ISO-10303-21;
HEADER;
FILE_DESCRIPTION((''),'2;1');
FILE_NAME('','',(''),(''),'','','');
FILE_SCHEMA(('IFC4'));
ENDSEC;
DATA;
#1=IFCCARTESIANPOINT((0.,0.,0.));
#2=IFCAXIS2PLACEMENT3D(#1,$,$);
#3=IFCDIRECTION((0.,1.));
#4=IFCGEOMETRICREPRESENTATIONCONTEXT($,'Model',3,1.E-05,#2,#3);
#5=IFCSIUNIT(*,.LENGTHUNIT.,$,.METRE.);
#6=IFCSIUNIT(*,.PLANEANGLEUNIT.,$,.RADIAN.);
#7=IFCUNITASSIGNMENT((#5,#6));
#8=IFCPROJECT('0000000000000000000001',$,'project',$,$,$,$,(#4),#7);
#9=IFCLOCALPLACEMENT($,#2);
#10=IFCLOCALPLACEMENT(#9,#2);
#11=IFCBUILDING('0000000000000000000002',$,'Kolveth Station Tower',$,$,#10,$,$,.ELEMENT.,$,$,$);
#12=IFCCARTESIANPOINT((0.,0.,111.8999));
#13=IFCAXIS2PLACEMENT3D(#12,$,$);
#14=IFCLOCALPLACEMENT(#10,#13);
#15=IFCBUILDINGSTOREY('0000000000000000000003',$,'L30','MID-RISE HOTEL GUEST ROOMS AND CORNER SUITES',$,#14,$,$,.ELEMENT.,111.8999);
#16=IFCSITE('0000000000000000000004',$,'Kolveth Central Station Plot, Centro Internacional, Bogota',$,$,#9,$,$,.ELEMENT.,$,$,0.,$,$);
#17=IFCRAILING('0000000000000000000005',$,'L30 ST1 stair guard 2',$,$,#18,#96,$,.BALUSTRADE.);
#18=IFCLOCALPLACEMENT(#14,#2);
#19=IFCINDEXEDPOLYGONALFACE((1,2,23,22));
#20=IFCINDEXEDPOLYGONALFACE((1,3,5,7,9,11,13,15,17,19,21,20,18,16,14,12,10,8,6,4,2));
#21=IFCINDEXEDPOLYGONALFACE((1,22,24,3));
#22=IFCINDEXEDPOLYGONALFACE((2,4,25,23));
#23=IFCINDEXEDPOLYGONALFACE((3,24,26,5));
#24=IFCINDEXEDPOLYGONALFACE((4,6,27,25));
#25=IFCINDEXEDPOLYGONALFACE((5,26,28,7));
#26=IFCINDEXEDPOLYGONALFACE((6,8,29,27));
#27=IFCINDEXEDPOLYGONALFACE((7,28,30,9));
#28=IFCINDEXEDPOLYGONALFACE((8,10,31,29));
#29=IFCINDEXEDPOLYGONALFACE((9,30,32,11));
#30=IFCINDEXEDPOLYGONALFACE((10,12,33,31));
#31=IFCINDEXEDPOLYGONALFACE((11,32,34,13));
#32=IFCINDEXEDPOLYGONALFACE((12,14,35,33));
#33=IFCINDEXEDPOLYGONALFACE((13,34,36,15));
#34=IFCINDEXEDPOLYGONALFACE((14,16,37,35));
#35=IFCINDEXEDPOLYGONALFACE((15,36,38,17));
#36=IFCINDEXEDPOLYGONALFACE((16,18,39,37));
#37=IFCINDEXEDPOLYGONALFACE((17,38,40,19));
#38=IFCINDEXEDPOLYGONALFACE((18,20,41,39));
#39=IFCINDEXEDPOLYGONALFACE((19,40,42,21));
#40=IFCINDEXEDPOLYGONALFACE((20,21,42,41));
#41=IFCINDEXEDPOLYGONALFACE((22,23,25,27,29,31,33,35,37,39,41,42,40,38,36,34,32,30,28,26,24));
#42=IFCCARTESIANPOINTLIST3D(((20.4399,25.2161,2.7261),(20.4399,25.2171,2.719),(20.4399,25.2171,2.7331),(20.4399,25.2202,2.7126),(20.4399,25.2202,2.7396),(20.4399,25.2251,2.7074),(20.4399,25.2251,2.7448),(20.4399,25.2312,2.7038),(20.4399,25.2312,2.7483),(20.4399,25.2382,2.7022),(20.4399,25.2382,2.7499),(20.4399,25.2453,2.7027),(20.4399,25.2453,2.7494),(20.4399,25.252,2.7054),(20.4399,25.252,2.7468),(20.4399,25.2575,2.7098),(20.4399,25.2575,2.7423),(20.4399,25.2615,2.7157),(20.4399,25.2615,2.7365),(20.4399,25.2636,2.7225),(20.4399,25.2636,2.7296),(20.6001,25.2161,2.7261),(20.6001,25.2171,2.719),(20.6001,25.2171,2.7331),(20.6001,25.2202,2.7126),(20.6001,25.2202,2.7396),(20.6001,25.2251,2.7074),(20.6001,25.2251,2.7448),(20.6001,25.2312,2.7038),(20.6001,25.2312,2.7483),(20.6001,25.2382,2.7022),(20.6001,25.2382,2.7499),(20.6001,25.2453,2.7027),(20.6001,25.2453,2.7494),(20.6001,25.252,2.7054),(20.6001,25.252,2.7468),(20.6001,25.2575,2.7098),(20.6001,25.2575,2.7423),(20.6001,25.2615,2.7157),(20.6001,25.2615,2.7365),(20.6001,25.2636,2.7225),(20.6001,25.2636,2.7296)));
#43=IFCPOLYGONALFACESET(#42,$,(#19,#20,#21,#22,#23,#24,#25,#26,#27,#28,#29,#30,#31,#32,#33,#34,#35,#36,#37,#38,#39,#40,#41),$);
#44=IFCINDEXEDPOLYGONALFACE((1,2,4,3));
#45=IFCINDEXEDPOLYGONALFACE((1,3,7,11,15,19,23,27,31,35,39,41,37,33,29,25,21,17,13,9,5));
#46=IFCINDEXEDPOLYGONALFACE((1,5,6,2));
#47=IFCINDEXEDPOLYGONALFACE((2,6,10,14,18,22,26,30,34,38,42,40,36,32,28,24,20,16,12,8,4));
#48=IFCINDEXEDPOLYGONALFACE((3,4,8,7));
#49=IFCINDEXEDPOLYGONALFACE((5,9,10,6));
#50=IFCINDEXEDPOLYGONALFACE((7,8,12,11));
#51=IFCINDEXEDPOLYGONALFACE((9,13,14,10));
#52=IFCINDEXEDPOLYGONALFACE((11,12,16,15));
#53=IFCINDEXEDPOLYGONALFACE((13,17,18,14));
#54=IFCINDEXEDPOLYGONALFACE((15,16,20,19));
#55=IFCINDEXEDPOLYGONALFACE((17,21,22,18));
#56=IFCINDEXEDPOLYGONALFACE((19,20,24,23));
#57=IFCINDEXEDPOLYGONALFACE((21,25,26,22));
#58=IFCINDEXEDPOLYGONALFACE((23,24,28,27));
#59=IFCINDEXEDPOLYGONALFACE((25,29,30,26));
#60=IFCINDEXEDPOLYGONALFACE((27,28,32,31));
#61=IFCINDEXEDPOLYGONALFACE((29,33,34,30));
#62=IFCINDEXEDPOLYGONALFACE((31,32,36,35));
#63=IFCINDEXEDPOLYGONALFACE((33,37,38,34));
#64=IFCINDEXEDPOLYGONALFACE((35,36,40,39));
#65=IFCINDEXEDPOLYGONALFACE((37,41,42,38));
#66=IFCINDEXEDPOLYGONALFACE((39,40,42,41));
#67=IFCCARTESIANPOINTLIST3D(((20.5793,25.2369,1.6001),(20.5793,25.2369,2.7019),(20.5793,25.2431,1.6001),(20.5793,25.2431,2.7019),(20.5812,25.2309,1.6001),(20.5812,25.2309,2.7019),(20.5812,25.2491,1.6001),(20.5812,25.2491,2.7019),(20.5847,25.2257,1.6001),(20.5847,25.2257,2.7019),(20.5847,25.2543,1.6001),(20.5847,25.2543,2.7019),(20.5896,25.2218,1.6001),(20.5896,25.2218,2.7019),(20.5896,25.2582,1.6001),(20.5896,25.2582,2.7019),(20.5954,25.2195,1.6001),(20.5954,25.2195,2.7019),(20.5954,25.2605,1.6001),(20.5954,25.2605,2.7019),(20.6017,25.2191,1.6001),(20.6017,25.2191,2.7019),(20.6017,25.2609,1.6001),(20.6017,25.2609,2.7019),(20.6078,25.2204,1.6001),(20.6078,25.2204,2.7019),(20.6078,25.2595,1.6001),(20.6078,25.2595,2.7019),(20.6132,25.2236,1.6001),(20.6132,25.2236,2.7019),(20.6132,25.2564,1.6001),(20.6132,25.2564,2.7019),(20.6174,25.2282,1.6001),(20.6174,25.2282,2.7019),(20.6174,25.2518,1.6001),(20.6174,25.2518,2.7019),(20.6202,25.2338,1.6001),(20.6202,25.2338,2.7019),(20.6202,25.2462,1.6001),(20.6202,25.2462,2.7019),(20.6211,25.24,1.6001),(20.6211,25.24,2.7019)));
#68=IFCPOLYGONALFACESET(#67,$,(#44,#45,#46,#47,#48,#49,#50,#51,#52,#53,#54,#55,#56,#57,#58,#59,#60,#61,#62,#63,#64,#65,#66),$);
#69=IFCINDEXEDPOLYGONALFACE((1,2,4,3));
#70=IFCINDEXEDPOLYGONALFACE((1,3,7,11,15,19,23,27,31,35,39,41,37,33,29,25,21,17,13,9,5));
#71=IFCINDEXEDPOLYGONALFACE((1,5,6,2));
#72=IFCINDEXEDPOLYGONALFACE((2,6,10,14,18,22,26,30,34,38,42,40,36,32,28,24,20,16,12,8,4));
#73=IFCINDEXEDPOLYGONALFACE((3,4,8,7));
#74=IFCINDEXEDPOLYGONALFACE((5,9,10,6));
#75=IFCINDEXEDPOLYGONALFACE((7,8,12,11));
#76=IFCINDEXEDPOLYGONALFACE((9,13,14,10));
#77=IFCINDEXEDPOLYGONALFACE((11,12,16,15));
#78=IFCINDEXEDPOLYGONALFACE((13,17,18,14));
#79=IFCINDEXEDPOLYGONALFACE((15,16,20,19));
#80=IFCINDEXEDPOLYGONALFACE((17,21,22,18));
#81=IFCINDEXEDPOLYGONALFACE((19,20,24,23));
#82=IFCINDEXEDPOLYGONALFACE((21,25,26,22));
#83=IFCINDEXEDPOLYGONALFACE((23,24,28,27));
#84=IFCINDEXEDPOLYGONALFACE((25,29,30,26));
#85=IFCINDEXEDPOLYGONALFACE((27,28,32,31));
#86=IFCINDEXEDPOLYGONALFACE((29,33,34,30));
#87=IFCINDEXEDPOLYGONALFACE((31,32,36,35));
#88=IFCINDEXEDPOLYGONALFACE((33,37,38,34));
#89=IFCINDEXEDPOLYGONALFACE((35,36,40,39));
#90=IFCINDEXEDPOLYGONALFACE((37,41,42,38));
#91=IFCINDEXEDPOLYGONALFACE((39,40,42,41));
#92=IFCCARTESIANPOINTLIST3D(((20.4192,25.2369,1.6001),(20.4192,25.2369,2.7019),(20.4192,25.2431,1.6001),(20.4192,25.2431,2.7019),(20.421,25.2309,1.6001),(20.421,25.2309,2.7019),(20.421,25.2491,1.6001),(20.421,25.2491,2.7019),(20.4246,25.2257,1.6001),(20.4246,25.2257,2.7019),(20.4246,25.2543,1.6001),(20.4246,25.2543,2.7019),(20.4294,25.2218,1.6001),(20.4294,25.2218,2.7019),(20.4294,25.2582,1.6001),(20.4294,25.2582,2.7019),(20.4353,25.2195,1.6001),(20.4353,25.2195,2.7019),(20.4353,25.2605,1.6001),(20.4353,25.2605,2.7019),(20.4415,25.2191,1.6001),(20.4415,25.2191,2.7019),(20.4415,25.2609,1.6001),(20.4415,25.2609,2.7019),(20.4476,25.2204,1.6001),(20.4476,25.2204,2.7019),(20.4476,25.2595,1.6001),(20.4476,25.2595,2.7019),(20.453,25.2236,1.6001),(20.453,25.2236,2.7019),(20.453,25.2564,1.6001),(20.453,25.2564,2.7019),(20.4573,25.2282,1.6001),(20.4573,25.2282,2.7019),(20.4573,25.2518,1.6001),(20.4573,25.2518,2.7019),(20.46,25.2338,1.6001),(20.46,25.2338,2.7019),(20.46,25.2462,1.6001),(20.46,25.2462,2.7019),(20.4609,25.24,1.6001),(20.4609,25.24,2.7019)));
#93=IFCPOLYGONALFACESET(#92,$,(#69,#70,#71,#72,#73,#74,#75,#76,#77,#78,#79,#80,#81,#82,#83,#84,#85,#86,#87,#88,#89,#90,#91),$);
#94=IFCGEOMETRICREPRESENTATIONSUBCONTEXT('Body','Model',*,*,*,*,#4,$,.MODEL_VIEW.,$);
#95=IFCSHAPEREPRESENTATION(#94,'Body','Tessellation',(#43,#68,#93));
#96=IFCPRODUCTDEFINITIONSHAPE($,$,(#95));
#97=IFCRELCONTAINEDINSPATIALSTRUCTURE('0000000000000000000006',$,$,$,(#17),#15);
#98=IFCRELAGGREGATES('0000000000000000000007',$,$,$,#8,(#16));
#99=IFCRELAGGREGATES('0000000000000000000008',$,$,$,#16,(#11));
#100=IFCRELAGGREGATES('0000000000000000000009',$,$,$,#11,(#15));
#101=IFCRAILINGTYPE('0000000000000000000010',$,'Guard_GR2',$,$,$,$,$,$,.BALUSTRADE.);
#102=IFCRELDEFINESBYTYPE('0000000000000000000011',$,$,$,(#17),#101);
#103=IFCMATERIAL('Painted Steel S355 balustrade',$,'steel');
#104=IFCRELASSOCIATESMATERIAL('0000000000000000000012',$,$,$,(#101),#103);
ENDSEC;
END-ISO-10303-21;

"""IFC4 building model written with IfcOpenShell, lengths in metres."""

from ifc_helpers import new_model, si_unit, direction, frame, origin, origin_2d, place, context, subcontext, project, spatial, circle, extrude, material, type_object, element, save


model = new_model("IFC4")

# Units and contexts
model_context = context("Model", 3, precision=1e-05, world=origin(), true_north=direction((0.0, 1.0)))
body_context = subcontext(model_context, "Body", "Model", "MODEL_VIEW")
ifc_project = project(units=[si_unit("LENGTHUNIT", "METRE"), si_unit("PLANEANGLEUNIT", "RADIAN")], contexts=[model_context])

# Site, building, storey
site_placement = place(None, origin())
site = spatial("IfcSite", under=ifc_project, at=site_placement, Name="Kolveth Central Station Plot, Centro Internacional, Bogota", CompositionType="ELEMENT", RefElevation=0.0)
building_placement = place(site_placement, origin())
building = spatial("IfcBuilding", under=site, at=building_placement, Name="Kolveth Station Tower", CompositionType="ELEMENT")
storey_placement = place(building_placement, frame((0.0, 0.0, 111.8999)))
storey = spatial("IfcBuildingStorey", under=building, at=storey_placement, Name="L30", Description="MID-RISE HOTEL GUEST ROOMS AND CORNER SUITES", CompositionType="ELEMENT", Elevation=111.8999)

# Railing
ifc_material_1 = material(Name="Painted Steel S355 balustrade", Category="steel")
railing_type_1 = type_object("IfcRailingType", Name="Guard_GR2", PredefinedType="BALUSTRADE", material=ifc_material_1)
railing_1_placement = place(storey_placement, frame((20.6001, 25.24, 1.6001)))
element("IfcRailing", 1, at=railing_1_placement, inside=storey, type_object=railing_type_1, Name="L30 ST1 stair guard 2", PredefinedType="BALUSTRADE", context=body_context, shape_type="SweptSolid", body=[
    extrude(circle(Radius=0.0239, at=origin_2d()), frame((0.0, 0.0, 1.126), z_axis=(-1.0, 0.0, 0.0), x_axis=(0.0, -1.0, 0.0)), (0.0, 0.0, 1.0), 0.1602),
    extrude(circle(Radius=0.021, at=origin_2d()), origin(), (0.0, 0.0, 1.0), 1.1018),
    extrude(circle(Radius=0.021, at=origin_2d()), frame((-0.1602, 0.0, 0.0)), (0.0, 0.0, 1.0), 1.1018),
])

save(model, "model.ifc")
